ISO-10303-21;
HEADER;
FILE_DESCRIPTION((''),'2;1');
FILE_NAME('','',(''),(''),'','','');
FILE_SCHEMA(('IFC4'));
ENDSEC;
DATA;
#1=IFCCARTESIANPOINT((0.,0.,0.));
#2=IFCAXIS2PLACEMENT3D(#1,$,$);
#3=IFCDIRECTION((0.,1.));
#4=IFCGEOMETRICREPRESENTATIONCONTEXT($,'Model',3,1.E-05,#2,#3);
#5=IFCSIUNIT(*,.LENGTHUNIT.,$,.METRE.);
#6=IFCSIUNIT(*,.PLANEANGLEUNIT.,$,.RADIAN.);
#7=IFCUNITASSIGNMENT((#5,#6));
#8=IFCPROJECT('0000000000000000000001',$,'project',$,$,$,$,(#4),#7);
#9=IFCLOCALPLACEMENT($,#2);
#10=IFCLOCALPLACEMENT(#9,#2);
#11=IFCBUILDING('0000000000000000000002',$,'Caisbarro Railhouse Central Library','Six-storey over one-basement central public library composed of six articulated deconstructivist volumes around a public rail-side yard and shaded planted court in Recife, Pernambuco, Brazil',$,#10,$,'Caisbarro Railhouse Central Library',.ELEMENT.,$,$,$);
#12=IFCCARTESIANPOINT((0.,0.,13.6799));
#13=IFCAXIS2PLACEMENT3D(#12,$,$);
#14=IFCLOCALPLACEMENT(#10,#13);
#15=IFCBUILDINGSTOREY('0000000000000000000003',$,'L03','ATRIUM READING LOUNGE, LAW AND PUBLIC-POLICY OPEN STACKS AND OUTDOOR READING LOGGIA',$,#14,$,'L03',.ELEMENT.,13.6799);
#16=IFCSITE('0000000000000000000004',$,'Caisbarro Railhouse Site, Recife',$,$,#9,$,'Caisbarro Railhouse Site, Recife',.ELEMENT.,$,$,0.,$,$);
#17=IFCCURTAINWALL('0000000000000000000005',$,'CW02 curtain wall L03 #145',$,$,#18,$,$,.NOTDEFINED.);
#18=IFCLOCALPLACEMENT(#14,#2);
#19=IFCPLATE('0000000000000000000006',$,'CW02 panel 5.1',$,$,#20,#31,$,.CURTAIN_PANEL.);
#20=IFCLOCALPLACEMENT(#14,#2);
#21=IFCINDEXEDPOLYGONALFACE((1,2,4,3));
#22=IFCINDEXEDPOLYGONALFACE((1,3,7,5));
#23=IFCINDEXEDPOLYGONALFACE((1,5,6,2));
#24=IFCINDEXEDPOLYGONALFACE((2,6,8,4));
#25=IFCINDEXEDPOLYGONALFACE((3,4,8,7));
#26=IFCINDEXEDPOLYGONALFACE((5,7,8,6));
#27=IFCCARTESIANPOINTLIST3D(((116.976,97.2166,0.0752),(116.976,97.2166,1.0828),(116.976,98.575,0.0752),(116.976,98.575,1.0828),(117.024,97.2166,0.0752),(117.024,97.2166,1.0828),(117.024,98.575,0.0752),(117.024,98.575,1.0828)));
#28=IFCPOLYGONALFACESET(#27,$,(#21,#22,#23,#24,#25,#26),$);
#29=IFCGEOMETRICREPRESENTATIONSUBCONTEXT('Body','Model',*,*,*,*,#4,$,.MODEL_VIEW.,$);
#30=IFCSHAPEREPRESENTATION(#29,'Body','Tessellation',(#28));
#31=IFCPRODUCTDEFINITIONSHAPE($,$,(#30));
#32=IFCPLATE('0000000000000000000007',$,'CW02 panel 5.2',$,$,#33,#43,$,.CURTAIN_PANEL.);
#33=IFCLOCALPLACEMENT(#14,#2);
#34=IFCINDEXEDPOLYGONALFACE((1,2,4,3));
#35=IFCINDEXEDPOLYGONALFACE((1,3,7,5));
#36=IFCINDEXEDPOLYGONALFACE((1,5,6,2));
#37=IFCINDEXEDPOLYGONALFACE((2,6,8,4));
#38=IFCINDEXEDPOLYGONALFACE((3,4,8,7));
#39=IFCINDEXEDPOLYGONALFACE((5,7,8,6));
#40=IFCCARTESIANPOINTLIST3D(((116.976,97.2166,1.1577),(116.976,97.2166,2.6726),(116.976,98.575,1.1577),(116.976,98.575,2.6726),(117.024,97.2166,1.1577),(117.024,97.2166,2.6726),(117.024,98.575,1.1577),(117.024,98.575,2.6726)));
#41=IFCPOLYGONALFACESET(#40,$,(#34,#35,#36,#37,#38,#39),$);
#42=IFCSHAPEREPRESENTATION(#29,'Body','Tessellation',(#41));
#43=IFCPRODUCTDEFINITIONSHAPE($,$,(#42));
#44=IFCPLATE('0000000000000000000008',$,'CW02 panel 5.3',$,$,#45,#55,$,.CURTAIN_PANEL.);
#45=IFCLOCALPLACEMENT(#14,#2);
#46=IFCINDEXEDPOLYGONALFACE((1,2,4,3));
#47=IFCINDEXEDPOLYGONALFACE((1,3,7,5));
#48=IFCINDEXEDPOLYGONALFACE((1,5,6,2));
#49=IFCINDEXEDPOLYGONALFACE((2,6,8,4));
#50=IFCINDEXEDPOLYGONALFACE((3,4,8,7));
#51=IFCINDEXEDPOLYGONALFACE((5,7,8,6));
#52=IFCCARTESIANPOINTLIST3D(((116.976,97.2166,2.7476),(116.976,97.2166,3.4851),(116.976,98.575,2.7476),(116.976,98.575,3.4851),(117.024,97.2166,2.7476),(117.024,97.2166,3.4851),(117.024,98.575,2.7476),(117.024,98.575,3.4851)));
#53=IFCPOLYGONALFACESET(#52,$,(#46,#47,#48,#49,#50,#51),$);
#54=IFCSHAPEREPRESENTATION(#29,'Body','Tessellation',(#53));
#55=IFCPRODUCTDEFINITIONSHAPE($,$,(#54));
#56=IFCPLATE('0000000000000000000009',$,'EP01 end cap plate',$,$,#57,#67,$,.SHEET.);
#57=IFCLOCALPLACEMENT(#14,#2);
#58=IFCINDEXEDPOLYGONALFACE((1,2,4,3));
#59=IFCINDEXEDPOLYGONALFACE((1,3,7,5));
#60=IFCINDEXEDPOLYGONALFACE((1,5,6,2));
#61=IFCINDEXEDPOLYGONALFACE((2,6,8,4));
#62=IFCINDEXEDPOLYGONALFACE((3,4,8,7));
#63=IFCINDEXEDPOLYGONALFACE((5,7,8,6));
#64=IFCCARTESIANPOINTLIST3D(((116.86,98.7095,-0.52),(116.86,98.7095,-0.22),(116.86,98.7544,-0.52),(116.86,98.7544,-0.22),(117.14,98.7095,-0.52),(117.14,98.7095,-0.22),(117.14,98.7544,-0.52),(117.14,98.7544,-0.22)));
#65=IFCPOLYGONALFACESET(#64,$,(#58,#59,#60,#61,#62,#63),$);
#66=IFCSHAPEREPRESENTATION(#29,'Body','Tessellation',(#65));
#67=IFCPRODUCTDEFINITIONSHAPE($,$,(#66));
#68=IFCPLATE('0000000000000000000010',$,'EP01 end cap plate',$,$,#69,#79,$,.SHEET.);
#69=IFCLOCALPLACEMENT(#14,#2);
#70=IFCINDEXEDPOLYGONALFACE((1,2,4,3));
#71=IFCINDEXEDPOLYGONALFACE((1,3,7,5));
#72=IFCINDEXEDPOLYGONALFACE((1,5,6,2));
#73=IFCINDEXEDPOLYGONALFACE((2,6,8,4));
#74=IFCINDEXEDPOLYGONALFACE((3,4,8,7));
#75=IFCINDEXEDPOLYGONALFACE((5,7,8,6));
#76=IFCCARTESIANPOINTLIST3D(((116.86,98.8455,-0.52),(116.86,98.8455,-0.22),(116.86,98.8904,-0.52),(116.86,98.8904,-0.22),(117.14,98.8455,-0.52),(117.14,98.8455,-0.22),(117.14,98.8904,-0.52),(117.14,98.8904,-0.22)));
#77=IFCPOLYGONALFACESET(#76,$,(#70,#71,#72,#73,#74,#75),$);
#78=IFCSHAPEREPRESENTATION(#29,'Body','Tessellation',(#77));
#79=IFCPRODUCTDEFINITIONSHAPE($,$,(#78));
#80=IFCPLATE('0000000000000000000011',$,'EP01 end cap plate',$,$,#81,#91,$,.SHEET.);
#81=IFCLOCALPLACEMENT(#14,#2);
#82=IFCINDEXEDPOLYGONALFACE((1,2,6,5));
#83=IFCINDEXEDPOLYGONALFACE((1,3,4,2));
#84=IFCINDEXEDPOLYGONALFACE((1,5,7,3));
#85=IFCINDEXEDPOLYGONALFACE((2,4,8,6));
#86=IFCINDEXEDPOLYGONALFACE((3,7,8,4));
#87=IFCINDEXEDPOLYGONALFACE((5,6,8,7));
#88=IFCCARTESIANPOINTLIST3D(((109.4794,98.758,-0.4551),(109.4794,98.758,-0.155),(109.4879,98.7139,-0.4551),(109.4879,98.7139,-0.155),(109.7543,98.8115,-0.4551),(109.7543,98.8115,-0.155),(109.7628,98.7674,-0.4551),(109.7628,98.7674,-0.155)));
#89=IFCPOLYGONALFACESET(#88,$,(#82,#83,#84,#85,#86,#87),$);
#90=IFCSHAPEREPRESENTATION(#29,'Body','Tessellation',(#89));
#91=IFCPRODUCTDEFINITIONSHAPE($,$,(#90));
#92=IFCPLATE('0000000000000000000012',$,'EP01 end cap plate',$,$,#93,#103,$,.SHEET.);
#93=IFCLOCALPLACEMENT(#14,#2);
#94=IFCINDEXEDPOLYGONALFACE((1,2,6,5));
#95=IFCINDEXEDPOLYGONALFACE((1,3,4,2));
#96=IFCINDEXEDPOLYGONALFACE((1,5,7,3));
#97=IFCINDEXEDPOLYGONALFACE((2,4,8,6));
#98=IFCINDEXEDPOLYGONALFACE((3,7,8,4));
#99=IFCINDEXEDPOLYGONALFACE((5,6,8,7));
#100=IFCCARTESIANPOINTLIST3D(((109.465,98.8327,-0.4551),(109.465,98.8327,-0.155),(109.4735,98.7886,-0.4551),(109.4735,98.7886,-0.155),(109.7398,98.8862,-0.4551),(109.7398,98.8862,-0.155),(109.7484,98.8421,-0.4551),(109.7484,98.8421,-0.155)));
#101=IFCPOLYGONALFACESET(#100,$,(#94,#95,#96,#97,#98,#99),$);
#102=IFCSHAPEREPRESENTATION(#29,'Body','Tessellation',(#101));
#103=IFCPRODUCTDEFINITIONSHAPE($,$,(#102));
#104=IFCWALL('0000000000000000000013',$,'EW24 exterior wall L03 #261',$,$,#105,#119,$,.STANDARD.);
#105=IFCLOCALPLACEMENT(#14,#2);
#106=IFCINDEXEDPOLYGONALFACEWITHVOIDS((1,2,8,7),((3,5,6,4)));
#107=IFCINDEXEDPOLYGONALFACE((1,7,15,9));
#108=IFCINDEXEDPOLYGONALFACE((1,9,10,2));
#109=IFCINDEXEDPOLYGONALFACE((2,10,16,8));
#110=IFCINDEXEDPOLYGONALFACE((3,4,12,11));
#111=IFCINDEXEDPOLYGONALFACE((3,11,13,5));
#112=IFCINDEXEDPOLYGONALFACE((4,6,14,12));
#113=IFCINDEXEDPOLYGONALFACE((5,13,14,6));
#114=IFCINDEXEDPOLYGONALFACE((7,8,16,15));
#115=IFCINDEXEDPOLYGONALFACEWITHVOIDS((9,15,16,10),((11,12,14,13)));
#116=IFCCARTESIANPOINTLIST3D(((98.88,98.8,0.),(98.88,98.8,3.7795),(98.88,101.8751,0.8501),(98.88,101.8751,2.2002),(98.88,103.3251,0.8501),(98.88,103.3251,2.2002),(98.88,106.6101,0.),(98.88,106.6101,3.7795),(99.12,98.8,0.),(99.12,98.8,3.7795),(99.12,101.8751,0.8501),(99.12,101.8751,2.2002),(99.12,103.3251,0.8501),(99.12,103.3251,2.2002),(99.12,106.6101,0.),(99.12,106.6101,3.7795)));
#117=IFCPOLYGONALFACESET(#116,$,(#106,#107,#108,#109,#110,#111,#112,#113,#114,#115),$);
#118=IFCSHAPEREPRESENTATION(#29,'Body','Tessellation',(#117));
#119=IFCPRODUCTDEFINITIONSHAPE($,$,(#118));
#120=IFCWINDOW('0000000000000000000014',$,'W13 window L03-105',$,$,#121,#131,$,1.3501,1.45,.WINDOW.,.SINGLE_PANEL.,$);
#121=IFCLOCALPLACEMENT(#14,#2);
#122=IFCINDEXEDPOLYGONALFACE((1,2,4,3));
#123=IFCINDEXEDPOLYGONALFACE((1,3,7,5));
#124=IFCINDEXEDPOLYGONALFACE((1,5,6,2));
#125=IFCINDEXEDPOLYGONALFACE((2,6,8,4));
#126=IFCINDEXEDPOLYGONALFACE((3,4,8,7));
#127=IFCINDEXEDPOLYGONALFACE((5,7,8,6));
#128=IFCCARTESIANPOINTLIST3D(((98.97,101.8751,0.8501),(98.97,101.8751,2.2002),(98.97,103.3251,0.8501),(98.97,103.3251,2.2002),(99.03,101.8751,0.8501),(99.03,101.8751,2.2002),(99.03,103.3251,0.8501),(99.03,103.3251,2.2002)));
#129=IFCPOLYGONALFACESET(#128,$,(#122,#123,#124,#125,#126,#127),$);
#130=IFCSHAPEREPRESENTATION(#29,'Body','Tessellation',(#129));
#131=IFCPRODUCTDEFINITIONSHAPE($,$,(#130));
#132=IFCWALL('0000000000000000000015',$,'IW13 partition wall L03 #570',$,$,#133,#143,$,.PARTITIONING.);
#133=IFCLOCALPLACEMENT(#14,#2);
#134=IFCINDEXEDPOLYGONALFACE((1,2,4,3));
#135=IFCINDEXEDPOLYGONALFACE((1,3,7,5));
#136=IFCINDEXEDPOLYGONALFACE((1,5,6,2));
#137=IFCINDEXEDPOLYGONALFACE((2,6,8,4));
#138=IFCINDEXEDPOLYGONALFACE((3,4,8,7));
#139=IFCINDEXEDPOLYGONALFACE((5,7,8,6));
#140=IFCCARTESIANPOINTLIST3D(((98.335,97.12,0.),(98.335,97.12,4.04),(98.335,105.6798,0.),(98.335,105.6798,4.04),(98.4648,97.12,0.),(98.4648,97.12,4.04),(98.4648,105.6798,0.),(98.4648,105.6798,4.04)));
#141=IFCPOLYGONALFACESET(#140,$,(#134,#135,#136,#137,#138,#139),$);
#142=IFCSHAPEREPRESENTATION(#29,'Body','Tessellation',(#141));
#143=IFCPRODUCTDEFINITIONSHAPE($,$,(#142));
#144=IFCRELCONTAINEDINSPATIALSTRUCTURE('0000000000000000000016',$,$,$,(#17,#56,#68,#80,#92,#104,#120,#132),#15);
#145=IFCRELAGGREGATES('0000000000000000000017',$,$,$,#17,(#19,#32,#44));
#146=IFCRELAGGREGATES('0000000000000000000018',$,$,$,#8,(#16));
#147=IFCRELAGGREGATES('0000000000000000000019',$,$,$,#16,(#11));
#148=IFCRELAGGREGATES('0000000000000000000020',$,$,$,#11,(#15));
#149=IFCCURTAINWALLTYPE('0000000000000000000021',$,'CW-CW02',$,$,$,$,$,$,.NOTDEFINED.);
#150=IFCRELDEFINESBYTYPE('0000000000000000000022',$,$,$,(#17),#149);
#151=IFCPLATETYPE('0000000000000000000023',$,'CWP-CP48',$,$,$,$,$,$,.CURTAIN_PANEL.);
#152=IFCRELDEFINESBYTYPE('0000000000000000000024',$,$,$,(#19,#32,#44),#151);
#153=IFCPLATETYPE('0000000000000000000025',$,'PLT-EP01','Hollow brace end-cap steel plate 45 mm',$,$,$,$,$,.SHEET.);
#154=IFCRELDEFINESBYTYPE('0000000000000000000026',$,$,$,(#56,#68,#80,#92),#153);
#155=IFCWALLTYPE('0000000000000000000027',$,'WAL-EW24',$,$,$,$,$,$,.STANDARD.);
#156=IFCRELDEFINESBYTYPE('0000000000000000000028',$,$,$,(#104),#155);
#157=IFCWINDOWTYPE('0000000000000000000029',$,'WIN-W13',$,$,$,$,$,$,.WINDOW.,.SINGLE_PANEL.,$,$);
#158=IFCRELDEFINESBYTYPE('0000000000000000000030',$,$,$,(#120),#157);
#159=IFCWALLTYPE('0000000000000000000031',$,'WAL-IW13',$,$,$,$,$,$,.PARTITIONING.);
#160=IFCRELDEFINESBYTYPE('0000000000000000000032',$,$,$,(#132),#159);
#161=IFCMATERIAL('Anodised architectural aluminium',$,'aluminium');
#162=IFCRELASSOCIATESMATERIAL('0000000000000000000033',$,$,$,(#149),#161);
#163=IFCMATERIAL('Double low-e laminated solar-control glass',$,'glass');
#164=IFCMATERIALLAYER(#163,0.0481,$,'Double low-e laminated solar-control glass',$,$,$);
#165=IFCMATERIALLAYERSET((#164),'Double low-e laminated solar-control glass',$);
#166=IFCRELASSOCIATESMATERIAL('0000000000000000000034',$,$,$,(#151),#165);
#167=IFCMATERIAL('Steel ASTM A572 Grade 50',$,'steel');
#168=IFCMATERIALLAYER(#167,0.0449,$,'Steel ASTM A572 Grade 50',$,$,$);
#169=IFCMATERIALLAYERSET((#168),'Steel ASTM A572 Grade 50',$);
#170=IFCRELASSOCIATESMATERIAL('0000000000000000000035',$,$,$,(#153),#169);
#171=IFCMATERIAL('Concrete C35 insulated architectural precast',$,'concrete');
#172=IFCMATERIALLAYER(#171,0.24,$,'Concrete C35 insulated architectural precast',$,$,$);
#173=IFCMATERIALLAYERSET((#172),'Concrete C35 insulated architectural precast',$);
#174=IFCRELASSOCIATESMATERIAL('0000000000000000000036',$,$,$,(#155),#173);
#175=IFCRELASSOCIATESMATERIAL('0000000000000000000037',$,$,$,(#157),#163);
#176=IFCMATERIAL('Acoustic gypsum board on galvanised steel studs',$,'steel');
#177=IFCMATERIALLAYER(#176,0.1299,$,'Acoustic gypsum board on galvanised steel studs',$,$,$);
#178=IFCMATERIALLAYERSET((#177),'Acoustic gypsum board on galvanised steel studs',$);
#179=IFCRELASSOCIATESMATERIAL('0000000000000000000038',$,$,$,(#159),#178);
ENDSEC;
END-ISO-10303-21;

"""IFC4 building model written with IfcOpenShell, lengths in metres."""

from ifc_helpers import new_model, si_unit, direction, frame, frame_2d, origin, origin_2d, place, context, subcontext, project, spatial, rectangle, extrude, material, layer, layer_set, type_object, element, fill, aggregate, save


model = new_model("IFC4")

# Units and contexts
model_context = context("Model", 3, precision=1e-05, world=origin(), true_north=direction((0.0, 1.0)))
body_context = subcontext(model_context, "Body", "Model", "MODEL_VIEW")
ifc_project = project(units=[si_unit("LENGTHUNIT", "METRE"), si_unit("PLANEANGLEUNIT", "RADIAN")], contexts=[model_context])

# Site, building, storey
site_placement = place(None, origin())
site = spatial("IfcSite", under=ifc_project, at=site_placement, Name="Caisbarro Railhouse Site, Recife", LongName="Caisbarro Railhouse Site, Recife", CompositionType="ELEMENT", RefElevation=0.0)
building_placement = place(site_placement, origin())
building = spatial("IfcBuilding", under=site, at=building_placement, Name="Caisbarro Railhouse Central Library", Description="Six-storey over one-basement central public library composed of six articulated deconstructivist volumes around a public rail-side yard and shaded planted court in Recife, Pernambuco, Brazil", LongName="Caisbarro Railhouse Central Library", CompositionType="ELEMENT")
storey_placement = place(building_placement, frame((0.0, 0.0, 13.6799)))
storey = spatial("IfcBuildingStorey", under=building, at=storey_placement, Name="L03", Description="ATRIUM READING LOUNGE, LAW AND PUBLIC-POLICY OPEN STACKS AND OUTDOOR READING LOGGIA", LongName="L03", CompositionType="ELEMENT", Elevation=13.6799)

# Shared definitions
ifc_material_1 = material(Name="Steel ASTM A572 Grade 50", Category="steel")

# Curtain wall
ifc_material_2 = material(Name="Anodised architectural aluminium", Category="aluminium")
curtain_wall_type = type_object("IfcCurtainWallType", Name="CW-CW02", PredefinedType="NOTDEFINED", material=ifc_material_2)
curtain_wall_1_placement = place(storey_placement, origin())
curtain_wall_1 = element("IfcCurtainWall", 1, at=curtain_wall_1_placement, inside=storey, type_object=curtain_wall_type, Name="CW02 curtain wall L03 #145", PredefinedType="NOTDEFINED")

# Plates
ifc_material_3 = material(Name="Double low-e laminated solar-control glass", Category="glass")
ifc_layer_1 = layer(ifc_material_3, 0.0481, Name="Double low-e laminated solar-control glass")
ifc_layer_set_1 = layer_set([ifc_layer_1], Name="Double low-e laminated solar-control glass")
plate_type_1 = type_object("IfcPlateType", Name="CWP-CP48", PredefinedType="CURTAIN_PANEL", material=ifc_layer_set_1)
plate_1_placement = place(storey_placement, frame((117.0, 97.8958, 0.0752), z_axis=(0.0, 0.0, 1.0), x_axis=(0.0, 1.0, 0.0)))
plate_1 = element("IfcPlate", 2, at=plate_1_placement, type_object=plate_type_1, Name="CW02 panel 5.1", PredefinedType="CURTAIN_PANEL", context=body_context, shape_type="SweptSolid", body=[
    extrude(rectangle(XDim=1.3584, YDim=0.0481, at=origin_2d()), origin(), (0.0, 0.0, 1.0), 1.0076),
])
plate_2_placement = place(storey_placement, frame((117.0, 97.8958, 1.1577), z_axis=(0.0, 0.0, 1.0), x_axis=(0.0, 1.0, 0.0)))
plate_2 = element("IfcPlate", 3, at=plate_2_placement, type_object=plate_type_1, Name="CW02 panel 5.2", PredefinedType="CURTAIN_PANEL", context=body_context, shape_type="SweptSolid", body=[
    extrude(rectangle(XDim=1.3584, YDim=0.0481, at=origin_2d()), origin(), (0.0, 0.0, 1.0), 1.5149),
])
plate_3_placement = place(storey_placement, frame((117.0, 97.8958, 2.7476), z_axis=(0.0, 0.0, 1.0), x_axis=(0.0, 1.0, 0.0)))
plate_3 = element("IfcPlate", 4, at=plate_3_placement, type_object=plate_type_1, Name="CW02 panel 5.3", PredefinedType="CURTAIN_PANEL", context=body_context, shape_type="SweptSolid", body=[
    extrude(rectangle(XDim=1.3584, YDim=0.0481, at=origin_2d()), origin(), (0.0, 0.0, 1.0), 0.7375),
])
aggregate(curtain_wall_1, [plate_1, plate_2, plate_3])

# Plates
ifc_layer_2 = layer(ifc_material_1, 0.0449, Name="Steel ASTM A572 Grade 50")
ifc_layer_set_2 = layer_set([ifc_layer_2], Name="Steel ASTM A572 Grade 50")
plate_type_2 = type_object("IfcPlateType", Name="PLT-EP01", Description="Hollow brace end-cap steel plate 45 mm", PredefinedType="SHEET", material=ifc_layer_set_2)
for number, where, z_axis, x_axis, name in (
    (5, (117.0, 98.7319, -0.52), (0.0, 0.0, 1.0), (0.0, 1.0, 0.0), "EP01 end cap plate"),
    (6, (117.0, 98.8679, -0.52), (0.0, 0.0, 1.0), (0.0, 1.0, 0.0), "EP01 end cap plate"),
    (7, (109.6211, 98.7627, -0.4551), (0.0, 0.0, 1.0), (-0.190809, 0.981627, 0.0), "EP01 end cap plate"),
    (8, (109.6067, 98.8374, -0.4551), (0.0, 0.0, 1.0), (-0.19098, 0.981594, 0.0), "EP01 end cap plate"),
):
    element("IfcPlate", number, at=place(storey_placement, frame(where, z_axis=z_axis, x_axis=x_axis)), inside=storey, type_object=plate_type_2, Name=name, PredefinedType="SHEET", context=body_context, shape_type="SweptSolid", body=[
        extrude(rectangle(XDim=0.0449, YDim=0.28, at=origin_2d()), origin(), (0.0, 0.0, 1.0), 0.3),
    ])

# Wall, opening, window
ifc_material_4 = material(Name="Concrete C35 insulated architectural precast", Category="concrete")
ifc_layer_3 = layer(ifc_material_4, 0.24, Name="Concrete C35 insulated architectural precast")
ifc_layer_set_3 = layer_set([ifc_layer_3], Name="Concrete C35 insulated architectural precast")
wall_type_1 = type_object("IfcWallType", Name="WAL-EW24", PredefinedType="STANDARD", material=ifc_layer_set_3)
wall_1_placement = place(storey_placement, frame((99.0, 98.8, 0.0), z_axis=(0.0, 0.0, 1.0), x_axis=(0.0, 1.0, 0.0)))
wall_1 = element("IfcWall", 9, at=wall_1_placement, inside=storey, type_object=wall_type_1, Name="EW24 exterior wall L03 #261", PredefinedType="STANDARD", context=body_context, shape_type="SweptSolid", body=[
    extrude(rectangle(XDim=7.8101, YDim=0.24, at=frame_2d((3.905, 0.0))), origin(), (0.0, 0.0, 1.0), 3.7795),
])
opening_placement = place(wall_1_placement, frame((3.075, 0.0, 0.8501)))
opening = element("IfcOpeningElement", 10, at=opening_placement, cuts=wall_1, PredefinedType="OPENING", context=body_context, shape_type="SweptSolid", body=[
    extrude(rectangle(XDim=1.45, YDim=1.3501, at=frame_2d((0.7251, 0.675))), frame((0.0, 0.1299, 0.0), z_axis=(0.0, -1.0, 0.0), x_axis=(1.0, 0.0, 0.0)), (0.0, 0.0, 1.0), 0.26),
])
window_type = type_object("IfcWindowType", Name="WIN-W13", PartitioningType="SINGLE_PANEL", PredefinedType="WINDOW", material=ifc_material_3)
window_placement = place(opening_placement, origin())
window = element("IfcWindow", 11, at=window_placement, inside=storey, type_object=window_type, Name="W13 window L03-105", OverallHeight=1.3501, OverallWidth=1.45, PartitioningType="SINGLE_PANEL", PredefinedType="WINDOW", context=body_context, shape_type="SweptSolid", body=[
    extrude(rectangle(XDim=1.45, YDim=1.3501, at=frame_2d((0.7251, 0.675))), frame((0.0, 0.03, 0.0), z_axis=(0.0, -1.0, 0.0), x_axis=(1.0, 0.0, 0.0)), (0.0, 0.0, 1.0), 0.0601),
])
fill(opening, window)

# Wall
ifc_material_5 = material(Name="Acoustic gypsum board on galvanised steel studs", Category="steel")
ifc_layer_4 = layer(ifc_material_5, 0.1299, Name="Acoustic gypsum board on galvanised steel studs")
ifc_layer_set_4 = layer_set([ifc_layer_4], Name="Acoustic gypsum board on galvanised steel studs")
wall_type_2 = type_object("IfcWallType", Name="WAL-IW13", PredefinedType="PARTITIONING", material=ifc_layer_set_4)
wall_2_placement = place(storey_placement, frame((98.3999, 97.1201, 0.0), z_axis=(0.0, 0.0, 1.0), x_axis=(0.0, 1.0, 0.0)))
element("IfcWall", 12, at=wall_2_placement, inside=storey, type_object=wall_type_2, Name="IW13 partition wall L03 #570", PredefinedType="PARTITIONING", context=body_context, shape_type="SweptSolid", body=[
    extrude(rectangle(XDim=8.5598, YDim=0.1299, at=frame_2d((4.2798, 0.0))), origin(), (0.0, 0.0, 1.0), 4.04),
])

save(model, "model.ifc")
